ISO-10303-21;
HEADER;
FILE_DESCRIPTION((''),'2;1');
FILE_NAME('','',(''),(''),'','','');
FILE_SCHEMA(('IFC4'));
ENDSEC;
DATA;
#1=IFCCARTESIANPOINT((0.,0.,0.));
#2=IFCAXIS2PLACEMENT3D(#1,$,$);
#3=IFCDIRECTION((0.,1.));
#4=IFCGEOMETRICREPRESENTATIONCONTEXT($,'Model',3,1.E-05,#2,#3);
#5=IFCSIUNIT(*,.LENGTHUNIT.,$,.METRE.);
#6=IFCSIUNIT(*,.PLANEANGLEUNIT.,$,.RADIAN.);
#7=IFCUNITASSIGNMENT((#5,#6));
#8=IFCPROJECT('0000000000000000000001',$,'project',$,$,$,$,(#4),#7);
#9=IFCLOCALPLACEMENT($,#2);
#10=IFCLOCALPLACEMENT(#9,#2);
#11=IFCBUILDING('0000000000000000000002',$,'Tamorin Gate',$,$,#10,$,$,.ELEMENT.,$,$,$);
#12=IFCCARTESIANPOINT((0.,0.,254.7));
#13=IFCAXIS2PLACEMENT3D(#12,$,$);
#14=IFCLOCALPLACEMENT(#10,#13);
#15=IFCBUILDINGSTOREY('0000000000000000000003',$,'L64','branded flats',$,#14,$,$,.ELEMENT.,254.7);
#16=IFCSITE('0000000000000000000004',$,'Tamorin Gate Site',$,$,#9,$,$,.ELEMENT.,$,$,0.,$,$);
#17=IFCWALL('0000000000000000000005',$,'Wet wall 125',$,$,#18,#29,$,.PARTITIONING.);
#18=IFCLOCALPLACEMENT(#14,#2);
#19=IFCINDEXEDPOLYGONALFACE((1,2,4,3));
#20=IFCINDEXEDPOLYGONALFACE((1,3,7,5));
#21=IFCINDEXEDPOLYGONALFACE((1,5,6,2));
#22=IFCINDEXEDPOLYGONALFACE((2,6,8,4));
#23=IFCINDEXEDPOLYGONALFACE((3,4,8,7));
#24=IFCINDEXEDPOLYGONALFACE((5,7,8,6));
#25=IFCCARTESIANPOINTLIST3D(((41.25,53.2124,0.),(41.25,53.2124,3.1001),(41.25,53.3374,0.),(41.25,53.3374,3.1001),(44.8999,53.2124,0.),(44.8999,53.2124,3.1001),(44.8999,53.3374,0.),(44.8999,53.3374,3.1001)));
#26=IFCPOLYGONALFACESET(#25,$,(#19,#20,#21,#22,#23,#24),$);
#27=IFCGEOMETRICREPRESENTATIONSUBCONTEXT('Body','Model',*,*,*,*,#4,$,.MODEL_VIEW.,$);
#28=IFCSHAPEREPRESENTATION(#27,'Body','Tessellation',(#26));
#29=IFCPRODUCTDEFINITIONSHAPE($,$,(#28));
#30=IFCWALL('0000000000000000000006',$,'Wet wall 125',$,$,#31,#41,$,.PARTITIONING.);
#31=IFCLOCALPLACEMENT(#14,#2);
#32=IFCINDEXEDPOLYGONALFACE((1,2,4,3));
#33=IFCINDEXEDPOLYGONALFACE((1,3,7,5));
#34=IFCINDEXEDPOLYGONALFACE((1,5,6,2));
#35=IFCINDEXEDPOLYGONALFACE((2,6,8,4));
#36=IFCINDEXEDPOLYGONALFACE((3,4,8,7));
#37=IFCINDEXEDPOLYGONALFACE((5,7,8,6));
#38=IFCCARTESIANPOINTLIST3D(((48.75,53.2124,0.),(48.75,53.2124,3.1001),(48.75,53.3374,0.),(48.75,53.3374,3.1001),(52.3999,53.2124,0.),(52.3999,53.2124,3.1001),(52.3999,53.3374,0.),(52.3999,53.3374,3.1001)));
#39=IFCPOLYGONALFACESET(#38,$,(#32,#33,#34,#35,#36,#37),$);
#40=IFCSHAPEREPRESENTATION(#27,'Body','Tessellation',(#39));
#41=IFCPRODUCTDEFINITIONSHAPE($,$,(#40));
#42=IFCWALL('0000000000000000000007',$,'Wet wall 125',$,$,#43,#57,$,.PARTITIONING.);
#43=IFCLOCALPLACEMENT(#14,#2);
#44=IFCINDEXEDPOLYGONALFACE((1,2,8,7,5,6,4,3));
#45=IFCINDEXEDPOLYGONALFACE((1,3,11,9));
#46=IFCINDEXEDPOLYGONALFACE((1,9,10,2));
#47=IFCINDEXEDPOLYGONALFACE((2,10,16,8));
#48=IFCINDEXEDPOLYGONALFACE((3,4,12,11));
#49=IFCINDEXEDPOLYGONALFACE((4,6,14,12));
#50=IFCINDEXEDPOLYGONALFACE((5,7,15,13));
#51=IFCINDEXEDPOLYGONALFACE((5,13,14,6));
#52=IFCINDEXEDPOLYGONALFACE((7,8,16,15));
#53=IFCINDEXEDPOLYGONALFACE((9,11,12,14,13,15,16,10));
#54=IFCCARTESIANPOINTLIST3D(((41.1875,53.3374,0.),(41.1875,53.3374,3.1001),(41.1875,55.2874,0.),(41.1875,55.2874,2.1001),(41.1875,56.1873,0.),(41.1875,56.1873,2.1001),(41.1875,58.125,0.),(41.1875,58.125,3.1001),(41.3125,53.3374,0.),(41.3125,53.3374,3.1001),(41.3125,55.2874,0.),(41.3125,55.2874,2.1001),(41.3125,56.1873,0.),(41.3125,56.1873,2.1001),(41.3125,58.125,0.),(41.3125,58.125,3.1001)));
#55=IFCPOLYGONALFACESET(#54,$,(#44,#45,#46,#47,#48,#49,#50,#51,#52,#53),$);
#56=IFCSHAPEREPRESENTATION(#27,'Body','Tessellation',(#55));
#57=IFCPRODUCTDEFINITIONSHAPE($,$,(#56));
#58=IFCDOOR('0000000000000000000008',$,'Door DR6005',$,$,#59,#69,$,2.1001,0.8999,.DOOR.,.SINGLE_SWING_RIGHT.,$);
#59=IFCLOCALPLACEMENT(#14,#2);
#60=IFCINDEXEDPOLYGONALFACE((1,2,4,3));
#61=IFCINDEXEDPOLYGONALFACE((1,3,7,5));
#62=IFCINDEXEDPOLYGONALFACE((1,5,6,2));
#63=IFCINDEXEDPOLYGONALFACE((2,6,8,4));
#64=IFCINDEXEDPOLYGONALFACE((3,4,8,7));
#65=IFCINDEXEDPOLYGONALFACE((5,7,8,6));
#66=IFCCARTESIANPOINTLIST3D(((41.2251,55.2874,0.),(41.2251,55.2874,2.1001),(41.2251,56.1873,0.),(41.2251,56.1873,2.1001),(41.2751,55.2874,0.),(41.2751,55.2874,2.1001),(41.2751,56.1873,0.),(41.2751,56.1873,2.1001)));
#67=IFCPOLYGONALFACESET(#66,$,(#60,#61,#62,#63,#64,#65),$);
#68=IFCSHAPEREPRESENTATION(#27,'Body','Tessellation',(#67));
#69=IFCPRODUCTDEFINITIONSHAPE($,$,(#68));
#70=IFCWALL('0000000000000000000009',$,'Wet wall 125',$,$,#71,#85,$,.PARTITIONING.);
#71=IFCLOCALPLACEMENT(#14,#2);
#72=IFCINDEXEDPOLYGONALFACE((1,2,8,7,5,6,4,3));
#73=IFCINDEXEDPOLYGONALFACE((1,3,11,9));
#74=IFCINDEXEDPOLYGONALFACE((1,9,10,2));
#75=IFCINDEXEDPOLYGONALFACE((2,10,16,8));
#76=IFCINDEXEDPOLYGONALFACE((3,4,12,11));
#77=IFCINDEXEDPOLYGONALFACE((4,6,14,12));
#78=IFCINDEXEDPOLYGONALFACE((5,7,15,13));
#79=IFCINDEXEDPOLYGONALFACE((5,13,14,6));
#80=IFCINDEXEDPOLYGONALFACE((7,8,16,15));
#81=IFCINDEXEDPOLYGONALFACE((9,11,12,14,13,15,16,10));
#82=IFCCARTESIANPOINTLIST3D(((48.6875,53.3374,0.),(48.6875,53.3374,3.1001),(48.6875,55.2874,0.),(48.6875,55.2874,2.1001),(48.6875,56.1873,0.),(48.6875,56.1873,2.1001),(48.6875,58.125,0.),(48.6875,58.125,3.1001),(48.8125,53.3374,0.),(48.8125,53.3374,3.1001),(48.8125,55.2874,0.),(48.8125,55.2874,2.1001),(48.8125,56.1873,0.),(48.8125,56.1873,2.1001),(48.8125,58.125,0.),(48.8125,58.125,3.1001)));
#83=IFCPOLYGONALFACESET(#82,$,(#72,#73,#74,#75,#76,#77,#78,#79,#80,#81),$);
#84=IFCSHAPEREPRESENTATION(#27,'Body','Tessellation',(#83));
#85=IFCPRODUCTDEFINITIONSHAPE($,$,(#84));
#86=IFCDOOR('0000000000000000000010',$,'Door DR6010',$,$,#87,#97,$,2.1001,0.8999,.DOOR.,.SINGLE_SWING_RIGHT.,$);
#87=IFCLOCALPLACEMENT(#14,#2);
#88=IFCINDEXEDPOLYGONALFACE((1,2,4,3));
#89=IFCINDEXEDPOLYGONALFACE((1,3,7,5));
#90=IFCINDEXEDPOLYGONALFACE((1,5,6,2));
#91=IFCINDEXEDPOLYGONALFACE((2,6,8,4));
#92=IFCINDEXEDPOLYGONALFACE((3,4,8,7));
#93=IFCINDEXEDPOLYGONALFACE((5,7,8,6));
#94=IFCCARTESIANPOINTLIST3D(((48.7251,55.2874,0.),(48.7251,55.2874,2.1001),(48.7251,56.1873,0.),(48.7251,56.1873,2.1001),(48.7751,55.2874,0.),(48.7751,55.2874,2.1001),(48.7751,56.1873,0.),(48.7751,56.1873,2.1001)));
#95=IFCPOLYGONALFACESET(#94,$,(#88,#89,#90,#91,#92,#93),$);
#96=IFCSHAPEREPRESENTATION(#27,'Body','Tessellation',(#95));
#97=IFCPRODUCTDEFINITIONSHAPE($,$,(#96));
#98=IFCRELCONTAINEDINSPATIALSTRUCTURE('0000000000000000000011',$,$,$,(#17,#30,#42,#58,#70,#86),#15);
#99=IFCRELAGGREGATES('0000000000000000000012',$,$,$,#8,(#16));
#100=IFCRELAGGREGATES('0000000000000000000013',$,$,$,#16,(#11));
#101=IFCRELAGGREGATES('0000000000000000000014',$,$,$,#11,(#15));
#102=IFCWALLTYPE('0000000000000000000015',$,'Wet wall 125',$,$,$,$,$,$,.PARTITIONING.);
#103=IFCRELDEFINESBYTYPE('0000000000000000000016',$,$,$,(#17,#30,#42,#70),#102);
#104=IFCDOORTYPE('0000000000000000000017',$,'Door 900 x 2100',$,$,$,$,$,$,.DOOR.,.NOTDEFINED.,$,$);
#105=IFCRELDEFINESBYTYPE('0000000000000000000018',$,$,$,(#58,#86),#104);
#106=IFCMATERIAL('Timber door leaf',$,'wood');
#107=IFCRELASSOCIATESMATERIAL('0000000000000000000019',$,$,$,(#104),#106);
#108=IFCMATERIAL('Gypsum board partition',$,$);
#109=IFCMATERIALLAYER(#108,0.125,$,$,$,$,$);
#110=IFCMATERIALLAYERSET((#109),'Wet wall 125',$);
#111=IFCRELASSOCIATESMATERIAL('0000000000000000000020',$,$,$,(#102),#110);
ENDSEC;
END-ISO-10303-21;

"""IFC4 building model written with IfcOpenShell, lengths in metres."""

from ifc_helpers import new_model, si_unit, direction, frame, frame_2d, origin, place, context, subcontext, project, spatial, rectangle, extrude, material, layer, layer_set, type_object, element, fill, save


model = new_model("IFC4")

# Units and contexts
model_context = context("Model", 3, precision=1e-05, world=origin(), true_north=direction((0.0, 1.0)))
body_context = subcontext(model_context, "Body", "Model", "MODEL_VIEW")
ifc_project = project(units=[si_unit("LENGTHUNIT", "METRE"), si_unit("PLANEANGLEUNIT", "RADIAN")], contexts=[model_context])

# Site, building, storey
site_placement = place(None, origin())
site = spatial("IfcSite", under=ifc_project, at=site_placement, Name="Tamorin Gate Site", CompositionType="ELEMENT", RefElevation=0.0)
building_placement = place(site_placement, origin())
building = spatial("IfcBuilding", under=site, at=building_placement, Name="Tamorin Gate", CompositionType="ELEMENT")
storey_placement = place(building_placement, frame((0.0, 0.0, 254.7)))
storey = spatial("IfcBuildingStorey", under=building, at=storey_placement, Name="L64", Description="branded flats", CompositionType="ELEMENT", Elevation=254.7)

# Shared definitions
ifc_material_1 = material(Name="Gypsum board partition")

# Shared definitions
ifc_material_2 = material(Name="Timber door leaf", Category="wood")
door_type = type_object("IfcDoorType", Name="Door 900 x 2100", OperationType="NOTDEFINED", PredefinedType="DOOR", material=ifc_material_2)

# Walls
ifc_layer_1 = layer(ifc_material_1, 0.125)
ifc_layer_set_1 = layer_set([ifc_layer_1], Name="Wet wall 125")
wall_type_1 = type_object("IfcWallType", Name="Wet wall 125", PredefinedType="PARTITIONING", material=ifc_layer_set_1)
for number, where, z_axis, x_axis, name in (
    (1, (41.25, 53.2749, 0.0), (0.0, 0.0, 1.0), (1.0, 0.0, 0.0), "Wet wall 125"),
    (2, (48.75, 53.2749, 0.0), (0.0, 0.0, 1.0), (1.0, 0.0, 0.0), "Wet wall 125"),
):
    element("IfcWall", number, at=place(storey_placement, frame(where, z_axis=z_axis, x_axis=x_axis)), inside=storey, type_object=wall_type_1, Name=name, PredefinedType="PARTITIONING", context=body_context, shape_type="SweptSolid", body=[
        extrude(rectangle(XDim=3.6499, YDim=0.125, at=frame_2d((1.825, 0.0))), origin(), (0.0, 0.0, 1.0), 3.1001),
    ])

# Walls, openings, doors
wall_1_placement = place(storey_placement, frame((41.25, 53.3374, 0.0), z_axis=(0.0, 0.0, 1.0), x_axis=(0.0, 1.0, 0.0)))
wall_1 = element("IfcWall", 3, at=wall_1_placement, inside=storey, type_object=wall_type_1, Name="Wet wall 125", PredefinedType="PARTITIONING", context=body_context, shape_type="SweptSolid", body=[
    extrude(rectangle(XDim=4.7876, YDim=0.125, at=frame_2d((2.3938, 0.0))), origin(), (0.0, 0.0, 1.0), 3.1001),
])
opening_1_placement = place(wall_1_placement, frame((1.95, 0.0, 0.0)))
opening_1 = element("IfcOpeningElement", 4, at=opening_1_placement, cuts=wall_1, PredefinedType="OPENING", context=body_context, shape_type="SweptSolid", body=[
    extrude(rectangle(XDim=0.8999, YDim=2.1001, at=frame_2d((0.45, 1.05))), frame((0.0, 0.0725, 0.0), z_axis=(0.0, -1.0, 0.0), x_axis=(1.0, 0.0, 0.0)), (0.0, 0.0, 1.0), 0.145),
])
door_1_placement = place(opening_1_placement, origin())
door_1 = element("IfcDoor", 5, at=door_1_placement, inside=storey, type_object=door_type, Name="Door DR6005", OperationType="SINGLE_SWING_RIGHT", OverallHeight=2.1001, OverallWidth=0.8999, PredefinedType="DOOR", context=body_context, shape_type="SweptSolid", body=[
    extrude(rectangle(XDim=0.8999, YDim=2.1001, at=frame_2d((0.45, 1.05))), frame((0.0, 0.0249, 0.0), z_axis=(0.0, -1.0, 0.0), x_axis=(1.0, 0.0, 0.0)), (0.0, 0.0, 1.0), 0.05),
])
fill(opening_1, door_1)
wall_2_placement = place(storey_placement, frame((48.75, 53.3374, 0.0), z_axis=(0.0, 0.0, 1.0), x_axis=(0.0, 1.0, 0.0)))
wall_2 = element("IfcWall", 6, at=wall_2_placement, inside=storey, type_object=wall_type_1, Name="Wet wall 125", PredefinedType="PARTITIONING", context=body_context, shape_type="SweptSolid", body=[
    extrude(rectangle(XDim=4.7876, YDim=0.125, at=frame_2d((2.3938, 0.0))), origin(), (0.0, 0.0, 1.0), 3.1001),
])
opening_2_placement = place(wall_2_placement, frame((1.95, 0.0, 0.0)))
opening_2 = element("IfcOpeningElement", 7, at=opening_2_placement, cuts=wall_2, PredefinedType="OPENING", context=body_context, shape_type="SweptSolid", body=[
    extrude(rectangle(XDim=0.8999, YDim=2.1001, at=frame_2d((0.45, 1.05))), frame((0.0, 0.0725, 0.0), z_axis=(0.0, -1.0, 0.0), x_axis=(1.0, 0.0, 0.0)), (0.0, 0.0, 1.0), 0.145),
])
door_2_placement = place(opening_2_placement, origin())
door_2 = element("IfcDoor", 8, at=door_2_placement, inside=storey, type_object=door_type, Name="Door DR6010", OperationType="SINGLE_SWING_RIGHT", OverallHeight=2.1001, OverallWidth=0.8999, PredefinedType="DOOR", context=body_context, shape_type="SweptSolid", body=[
    extrude(rectangle(XDim=0.8999, YDim=2.1001, at=frame_2d((0.45, 1.05))), frame((0.0, 0.0249, 0.0), z_axis=(0.0, -1.0, 0.0), x_axis=(1.0, 0.0, 0.0)), (0.0, 0.0, 1.0), 0.05),
])
fill(opening_2, door_2)

save(model, "model.ifc")
